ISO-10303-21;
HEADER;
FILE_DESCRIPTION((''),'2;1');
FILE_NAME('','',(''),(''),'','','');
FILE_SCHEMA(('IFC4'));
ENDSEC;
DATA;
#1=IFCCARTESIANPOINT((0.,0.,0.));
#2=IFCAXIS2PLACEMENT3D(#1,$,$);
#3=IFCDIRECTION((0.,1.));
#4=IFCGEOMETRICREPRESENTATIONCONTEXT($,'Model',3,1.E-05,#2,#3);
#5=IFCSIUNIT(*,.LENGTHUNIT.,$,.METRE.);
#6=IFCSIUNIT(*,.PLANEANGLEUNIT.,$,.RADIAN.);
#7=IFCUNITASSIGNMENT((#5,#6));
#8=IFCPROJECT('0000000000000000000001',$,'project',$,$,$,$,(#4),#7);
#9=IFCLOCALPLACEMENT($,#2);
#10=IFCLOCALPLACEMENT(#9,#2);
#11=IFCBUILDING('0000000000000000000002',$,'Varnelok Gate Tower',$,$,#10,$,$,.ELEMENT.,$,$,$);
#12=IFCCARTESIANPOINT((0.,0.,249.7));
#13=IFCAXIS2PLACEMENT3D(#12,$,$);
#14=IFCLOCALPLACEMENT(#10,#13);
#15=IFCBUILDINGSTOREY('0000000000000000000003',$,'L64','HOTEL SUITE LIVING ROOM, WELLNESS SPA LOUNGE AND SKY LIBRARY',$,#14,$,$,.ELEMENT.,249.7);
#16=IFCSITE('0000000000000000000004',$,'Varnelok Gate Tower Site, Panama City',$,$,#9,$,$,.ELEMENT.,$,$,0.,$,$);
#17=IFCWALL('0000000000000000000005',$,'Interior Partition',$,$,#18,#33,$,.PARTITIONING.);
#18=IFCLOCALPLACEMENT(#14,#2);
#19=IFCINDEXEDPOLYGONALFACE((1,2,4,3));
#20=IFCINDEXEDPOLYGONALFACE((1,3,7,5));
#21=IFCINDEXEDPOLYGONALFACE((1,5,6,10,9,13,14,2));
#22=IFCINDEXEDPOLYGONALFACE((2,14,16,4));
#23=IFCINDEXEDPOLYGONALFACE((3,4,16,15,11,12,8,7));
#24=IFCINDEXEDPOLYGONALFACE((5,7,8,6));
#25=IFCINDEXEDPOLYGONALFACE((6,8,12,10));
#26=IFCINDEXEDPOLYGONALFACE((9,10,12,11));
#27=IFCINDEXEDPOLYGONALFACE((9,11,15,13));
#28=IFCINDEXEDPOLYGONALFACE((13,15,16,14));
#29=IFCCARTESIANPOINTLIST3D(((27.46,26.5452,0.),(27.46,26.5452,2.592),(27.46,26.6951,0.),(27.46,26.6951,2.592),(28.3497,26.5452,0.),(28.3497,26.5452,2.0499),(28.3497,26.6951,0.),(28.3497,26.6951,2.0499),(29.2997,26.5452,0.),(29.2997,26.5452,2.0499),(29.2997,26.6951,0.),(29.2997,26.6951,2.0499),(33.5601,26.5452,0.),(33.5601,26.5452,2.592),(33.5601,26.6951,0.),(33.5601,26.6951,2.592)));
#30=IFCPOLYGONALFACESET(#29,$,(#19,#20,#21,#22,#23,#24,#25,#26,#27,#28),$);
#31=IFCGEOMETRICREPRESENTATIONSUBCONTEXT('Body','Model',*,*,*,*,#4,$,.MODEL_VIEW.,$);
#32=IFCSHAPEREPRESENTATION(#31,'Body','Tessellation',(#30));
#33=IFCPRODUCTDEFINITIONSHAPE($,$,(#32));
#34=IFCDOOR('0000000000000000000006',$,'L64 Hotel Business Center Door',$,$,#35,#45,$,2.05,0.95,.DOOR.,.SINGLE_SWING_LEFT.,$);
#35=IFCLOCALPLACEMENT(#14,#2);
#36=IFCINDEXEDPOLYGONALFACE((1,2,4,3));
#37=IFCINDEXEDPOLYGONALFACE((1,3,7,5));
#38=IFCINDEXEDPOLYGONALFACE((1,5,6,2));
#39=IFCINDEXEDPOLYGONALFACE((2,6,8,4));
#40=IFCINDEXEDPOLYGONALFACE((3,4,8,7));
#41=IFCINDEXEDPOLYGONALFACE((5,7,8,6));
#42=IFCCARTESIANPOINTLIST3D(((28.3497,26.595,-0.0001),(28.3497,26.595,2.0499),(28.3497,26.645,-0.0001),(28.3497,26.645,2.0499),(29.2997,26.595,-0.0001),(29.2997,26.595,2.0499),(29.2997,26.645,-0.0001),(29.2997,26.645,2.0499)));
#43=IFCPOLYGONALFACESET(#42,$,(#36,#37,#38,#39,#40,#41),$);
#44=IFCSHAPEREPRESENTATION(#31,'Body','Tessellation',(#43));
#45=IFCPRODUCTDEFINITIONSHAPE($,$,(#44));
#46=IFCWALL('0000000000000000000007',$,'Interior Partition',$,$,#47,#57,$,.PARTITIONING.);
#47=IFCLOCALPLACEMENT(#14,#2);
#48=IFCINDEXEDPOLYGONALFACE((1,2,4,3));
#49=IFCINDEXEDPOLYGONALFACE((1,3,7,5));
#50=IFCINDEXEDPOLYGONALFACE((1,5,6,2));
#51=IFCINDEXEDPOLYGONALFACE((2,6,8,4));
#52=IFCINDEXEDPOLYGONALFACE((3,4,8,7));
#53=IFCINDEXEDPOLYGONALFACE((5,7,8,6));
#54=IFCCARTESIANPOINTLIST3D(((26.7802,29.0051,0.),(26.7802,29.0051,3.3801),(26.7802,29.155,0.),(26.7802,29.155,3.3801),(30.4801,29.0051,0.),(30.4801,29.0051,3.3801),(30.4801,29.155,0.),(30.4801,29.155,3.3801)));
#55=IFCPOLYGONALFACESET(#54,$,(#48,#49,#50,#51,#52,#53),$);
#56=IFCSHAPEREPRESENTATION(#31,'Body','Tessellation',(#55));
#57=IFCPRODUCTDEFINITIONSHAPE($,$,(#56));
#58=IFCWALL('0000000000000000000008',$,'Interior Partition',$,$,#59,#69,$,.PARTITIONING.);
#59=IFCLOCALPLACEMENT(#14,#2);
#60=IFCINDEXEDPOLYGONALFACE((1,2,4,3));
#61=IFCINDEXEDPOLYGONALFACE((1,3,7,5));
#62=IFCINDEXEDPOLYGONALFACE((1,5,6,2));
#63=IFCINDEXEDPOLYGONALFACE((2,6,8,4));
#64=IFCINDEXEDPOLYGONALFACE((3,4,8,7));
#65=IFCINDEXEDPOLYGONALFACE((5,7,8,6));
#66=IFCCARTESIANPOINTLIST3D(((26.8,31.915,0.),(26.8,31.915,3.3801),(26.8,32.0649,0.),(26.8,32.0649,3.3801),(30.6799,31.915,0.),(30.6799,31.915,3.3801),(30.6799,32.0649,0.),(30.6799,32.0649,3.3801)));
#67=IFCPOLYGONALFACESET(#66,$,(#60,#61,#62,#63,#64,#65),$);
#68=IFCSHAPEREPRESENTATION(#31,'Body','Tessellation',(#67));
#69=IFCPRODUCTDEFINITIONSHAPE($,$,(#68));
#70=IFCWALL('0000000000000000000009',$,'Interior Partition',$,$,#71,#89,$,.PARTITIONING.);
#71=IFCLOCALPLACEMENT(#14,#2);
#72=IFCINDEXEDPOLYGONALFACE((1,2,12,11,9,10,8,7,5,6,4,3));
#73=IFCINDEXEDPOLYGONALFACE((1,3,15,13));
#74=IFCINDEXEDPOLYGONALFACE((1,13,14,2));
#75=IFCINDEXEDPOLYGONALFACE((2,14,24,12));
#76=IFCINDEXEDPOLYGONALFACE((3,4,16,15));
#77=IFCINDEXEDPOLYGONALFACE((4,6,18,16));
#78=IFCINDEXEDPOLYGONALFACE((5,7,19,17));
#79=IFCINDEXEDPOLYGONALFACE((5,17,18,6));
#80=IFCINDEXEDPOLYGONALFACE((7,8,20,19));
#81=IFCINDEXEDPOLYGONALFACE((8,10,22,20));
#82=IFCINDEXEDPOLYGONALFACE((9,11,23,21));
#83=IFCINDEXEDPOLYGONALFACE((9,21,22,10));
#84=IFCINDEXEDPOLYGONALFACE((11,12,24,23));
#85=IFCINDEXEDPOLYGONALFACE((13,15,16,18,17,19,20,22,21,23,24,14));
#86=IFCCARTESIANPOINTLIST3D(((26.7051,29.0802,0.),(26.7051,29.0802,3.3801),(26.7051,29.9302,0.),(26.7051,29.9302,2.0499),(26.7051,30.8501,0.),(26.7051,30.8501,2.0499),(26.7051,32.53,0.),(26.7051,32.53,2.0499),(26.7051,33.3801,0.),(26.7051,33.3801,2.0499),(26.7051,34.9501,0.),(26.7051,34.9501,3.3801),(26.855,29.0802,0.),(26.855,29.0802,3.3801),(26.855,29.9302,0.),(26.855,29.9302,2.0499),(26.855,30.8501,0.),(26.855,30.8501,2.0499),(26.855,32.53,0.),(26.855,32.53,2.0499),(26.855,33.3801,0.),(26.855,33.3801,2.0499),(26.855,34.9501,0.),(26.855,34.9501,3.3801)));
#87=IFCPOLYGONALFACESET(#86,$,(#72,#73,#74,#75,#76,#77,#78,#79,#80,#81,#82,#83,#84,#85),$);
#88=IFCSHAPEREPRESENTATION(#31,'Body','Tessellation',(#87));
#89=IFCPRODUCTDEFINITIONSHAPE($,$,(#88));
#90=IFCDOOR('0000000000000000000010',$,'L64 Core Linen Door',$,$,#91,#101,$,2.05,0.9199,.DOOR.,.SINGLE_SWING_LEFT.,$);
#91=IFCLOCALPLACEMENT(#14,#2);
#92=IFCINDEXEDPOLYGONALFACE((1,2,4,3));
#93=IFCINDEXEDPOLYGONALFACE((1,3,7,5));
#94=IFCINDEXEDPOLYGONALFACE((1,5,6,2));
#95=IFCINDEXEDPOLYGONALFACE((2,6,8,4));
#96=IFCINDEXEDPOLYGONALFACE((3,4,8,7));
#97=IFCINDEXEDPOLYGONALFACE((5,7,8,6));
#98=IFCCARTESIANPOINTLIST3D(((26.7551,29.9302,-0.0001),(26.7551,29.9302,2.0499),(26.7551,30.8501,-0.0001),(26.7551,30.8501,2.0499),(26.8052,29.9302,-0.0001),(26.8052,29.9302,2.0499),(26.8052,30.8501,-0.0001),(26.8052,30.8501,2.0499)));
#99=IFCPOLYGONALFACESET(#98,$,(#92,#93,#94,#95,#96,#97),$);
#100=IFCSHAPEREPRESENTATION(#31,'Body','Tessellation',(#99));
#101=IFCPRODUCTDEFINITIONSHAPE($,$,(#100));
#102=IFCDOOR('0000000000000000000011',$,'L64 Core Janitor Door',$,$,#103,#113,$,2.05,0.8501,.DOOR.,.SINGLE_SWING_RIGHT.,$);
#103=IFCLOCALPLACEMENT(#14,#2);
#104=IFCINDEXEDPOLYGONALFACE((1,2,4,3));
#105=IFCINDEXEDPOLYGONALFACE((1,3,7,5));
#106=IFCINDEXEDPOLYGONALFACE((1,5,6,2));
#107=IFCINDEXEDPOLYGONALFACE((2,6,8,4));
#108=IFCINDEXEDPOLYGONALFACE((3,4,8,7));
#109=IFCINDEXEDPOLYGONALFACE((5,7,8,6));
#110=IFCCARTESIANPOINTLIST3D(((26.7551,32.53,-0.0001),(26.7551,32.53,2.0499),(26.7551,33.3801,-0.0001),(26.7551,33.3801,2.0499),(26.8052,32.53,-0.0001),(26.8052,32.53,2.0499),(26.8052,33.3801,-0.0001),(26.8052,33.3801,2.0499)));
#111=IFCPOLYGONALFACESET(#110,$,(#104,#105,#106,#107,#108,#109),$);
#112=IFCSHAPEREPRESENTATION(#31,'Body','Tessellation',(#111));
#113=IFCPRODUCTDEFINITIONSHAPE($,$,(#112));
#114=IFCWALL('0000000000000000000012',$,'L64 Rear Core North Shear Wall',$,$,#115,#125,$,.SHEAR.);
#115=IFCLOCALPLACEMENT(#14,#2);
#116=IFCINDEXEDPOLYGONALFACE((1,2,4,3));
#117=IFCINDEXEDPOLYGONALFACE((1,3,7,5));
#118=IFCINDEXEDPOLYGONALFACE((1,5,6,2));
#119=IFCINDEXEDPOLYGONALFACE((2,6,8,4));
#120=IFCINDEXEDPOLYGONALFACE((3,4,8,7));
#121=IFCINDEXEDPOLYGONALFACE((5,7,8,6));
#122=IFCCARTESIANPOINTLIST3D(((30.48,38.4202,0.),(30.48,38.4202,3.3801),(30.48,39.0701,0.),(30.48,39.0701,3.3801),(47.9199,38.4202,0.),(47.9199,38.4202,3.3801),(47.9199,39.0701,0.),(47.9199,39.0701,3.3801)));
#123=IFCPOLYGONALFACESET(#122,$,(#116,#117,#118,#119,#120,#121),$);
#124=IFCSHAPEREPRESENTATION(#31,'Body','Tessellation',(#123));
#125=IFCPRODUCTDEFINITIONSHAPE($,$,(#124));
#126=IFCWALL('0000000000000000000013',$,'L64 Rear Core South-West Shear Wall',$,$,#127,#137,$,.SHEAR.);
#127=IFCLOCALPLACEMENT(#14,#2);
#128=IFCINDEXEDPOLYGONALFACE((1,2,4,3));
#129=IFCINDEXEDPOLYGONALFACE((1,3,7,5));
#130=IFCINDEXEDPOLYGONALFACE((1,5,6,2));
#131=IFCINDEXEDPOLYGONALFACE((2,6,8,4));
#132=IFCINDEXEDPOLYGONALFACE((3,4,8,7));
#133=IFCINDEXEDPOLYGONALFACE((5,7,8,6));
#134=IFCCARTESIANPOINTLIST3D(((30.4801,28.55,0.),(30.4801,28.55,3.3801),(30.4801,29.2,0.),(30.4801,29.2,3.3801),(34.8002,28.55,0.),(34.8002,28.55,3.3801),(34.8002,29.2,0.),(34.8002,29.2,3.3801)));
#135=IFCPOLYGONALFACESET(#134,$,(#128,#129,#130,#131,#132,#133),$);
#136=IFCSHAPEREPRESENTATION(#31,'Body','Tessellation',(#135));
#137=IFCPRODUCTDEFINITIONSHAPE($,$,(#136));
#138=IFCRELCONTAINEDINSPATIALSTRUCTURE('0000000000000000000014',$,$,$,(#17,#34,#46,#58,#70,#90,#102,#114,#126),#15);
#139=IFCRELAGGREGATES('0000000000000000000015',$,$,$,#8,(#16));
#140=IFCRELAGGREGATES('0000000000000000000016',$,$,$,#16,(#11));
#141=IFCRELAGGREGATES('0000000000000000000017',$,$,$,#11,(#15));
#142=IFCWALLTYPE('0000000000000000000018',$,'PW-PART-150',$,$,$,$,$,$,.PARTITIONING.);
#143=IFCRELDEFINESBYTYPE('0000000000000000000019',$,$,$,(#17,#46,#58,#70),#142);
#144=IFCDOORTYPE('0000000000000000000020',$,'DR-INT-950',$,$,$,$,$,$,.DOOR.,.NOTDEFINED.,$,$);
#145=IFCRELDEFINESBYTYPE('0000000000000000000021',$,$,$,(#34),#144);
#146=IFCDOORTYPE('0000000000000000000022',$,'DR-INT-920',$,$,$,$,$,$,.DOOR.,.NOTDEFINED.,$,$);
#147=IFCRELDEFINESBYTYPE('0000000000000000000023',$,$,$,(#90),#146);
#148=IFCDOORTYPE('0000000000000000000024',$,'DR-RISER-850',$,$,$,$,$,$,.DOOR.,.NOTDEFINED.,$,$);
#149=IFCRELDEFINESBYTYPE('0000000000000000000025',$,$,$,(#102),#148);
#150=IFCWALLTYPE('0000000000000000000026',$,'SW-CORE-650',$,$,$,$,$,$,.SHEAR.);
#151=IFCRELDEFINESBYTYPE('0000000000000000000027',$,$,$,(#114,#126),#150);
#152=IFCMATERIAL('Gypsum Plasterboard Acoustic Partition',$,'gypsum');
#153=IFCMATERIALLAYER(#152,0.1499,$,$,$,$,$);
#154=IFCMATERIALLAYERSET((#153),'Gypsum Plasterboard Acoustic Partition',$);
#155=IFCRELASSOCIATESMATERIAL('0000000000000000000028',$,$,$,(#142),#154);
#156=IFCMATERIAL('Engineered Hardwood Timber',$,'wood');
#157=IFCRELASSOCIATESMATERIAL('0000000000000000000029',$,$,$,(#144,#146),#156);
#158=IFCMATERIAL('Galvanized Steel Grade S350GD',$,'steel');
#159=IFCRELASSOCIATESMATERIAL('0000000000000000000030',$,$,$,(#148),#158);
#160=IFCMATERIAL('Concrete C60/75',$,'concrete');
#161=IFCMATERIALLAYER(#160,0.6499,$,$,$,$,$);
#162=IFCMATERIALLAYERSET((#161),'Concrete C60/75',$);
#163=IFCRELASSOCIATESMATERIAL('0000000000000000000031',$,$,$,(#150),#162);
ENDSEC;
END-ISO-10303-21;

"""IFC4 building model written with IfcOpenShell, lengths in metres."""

from ifc_helpers import new_model, si_unit, direction, frame, frame_2d, origin, place, context, subcontext, project, spatial, rectangle, extrude, material, layer, layer_set, type_object, element, fill, save


model = new_model("IFC4")

# Units and contexts
model_context = context("Model", 3, precision=1e-05, world=origin(), true_north=direction((0.0, 1.0)))
body_context = subcontext(model_context, "Body", "Model", "MODEL_VIEW")
ifc_project = project(units=[si_unit("LENGTHUNIT", "METRE"), si_unit("PLANEANGLEUNIT", "RADIAN")], contexts=[model_context])

# Site, building, storey
site_placement = place(None, origin())
site = spatial("IfcSite", under=ifc_project, at=site_placement, Name="Varnelok Gate Tower Site, Panama City", CompositionType="ELEMENT", RefElevation=0.0)
building_placement = place(site_placement, origin())
building = spatial("IfcBuilding", under=site, at=building_placement, Name="Varnelok Gate Tower", CompositionType="ELEMENT")
storey_placement = place(building_placement, frame((0.0, 0.0, 249.7)))
storey = spatial("IfcBuildingStorey", under=building, at=storey_placement, Name="L64", Description="HOTEL SUITE LIVING ROOM, WELLNESS SPA LOUNGE AND SKY LIBRARY", CompositionType="ELEMENT", Elevation=249.7)

# Shared definitions
ifc_material_1 = material(Name="Gypsum Plasterboard Acoustic Partition", Category="gypsum")

# Wall, opening, door
ifc_material_2 = material(Name="Engineered Hardwood Timber", Category="wood")
ifc_layer_1 = layer(ifc_material_1, 0.1499)
ifc_layer_set_1 = layer_set([ifc_layer_1], Name="Gypsum Plasterboard Acoustic Partition")
wall_type_1 = type_object("IfcWallType", Name="PW-PART-150", PredefinedType="PARTITIONING", material=ifc_layer_set_1)
wall_1_placement = place(storey_placement, frame((27.46, 26.6201, 0.0), z_axis=(0.0, 0.0, 1.0), x_axis=(1.0, 0.0, 0.0)))
wall_1 = element("IfcWall", 1, at=wall_1_placement, inside=storey, type_object=wall_type_1, Name="Interior Partition", PredefinedType="PARTITIONING", context=body_context, shape_type="SweptSolid", body=[
    extrude(rectangle(XDim=6.1001, YDim=0.1499, at=frame_2d((3.05, 0.0))), origin(), (0.0, 0.0, 1.0), 2.592),
])
opening_1_placement = place(wall_1_placement, frame((0.8896, 0.0, 0.0)))
opening_1 = element("IfcOpeningElement", 2, at=opening_1_placement, cuts=wall_1, PredefinedType="OPENING", context=body_context, shape_type="SweptSolid", body=[
    extrude(rectangle(XDim=0.95, YDim=2.05, at=frame_2d((0.4751, 1.0249))), frame((0.0, 0.085, 0.0), z_axis=(0.0, -1.0, 0.0), x_axis=(1.0, 0.0, 0.0)), (0.0, 0.0, 1.0), 0.1699),
])
door_type_1 = type_object("IfcDoorType", Name="DR-INT-950", OperationType="NOTDEFINED", PredefinedType="DOOR", material=ifc_material_2)
door_1_placement = place(opening_1_placement, origin())
door_1 = element("IfcDoor", 3, at=door_1_placement, inside=storey, type_object=door_type_1, Name="L64 Hotel Business Center Door", OperationType="SINGLE_SWING_LEFT", OverallHeight=2.05, OverallWidth=0.95, PredefinedType="DOOR", context=body_context, shape_type="SweptSolid", body=[
    extrude(rectangle(XDim=0.95, YDim=2.05, at=frame_2d((0.4751, 1.0249))), frame((0.0, 0.0249, 0.0), z_axis=(0.0, -1.0, 0.0), x_axis=(1.0, 0.0, 0.0)), (0.0, 0.0, 1.0), 0.05),
])
fill(opening_1, door_1)

# Walls
wall_2_placement = place(storey_placement, frame((26.78, 29.0801, 0.0), z_axis=(0.0, 0.0, 1.0), x_axis=(1.0, 0.0, 0.0)))
element("IfcWall", 4, at=wall_2_placement, inside=storey, type_object=wall_type_1, Name="Interior Partition", PredefinedType="PARTITIONING", context=body_context, shape_type="SweptSolid", body=[
    extrude(rectangle(XDim=3.7, YDim=0.1499, at=frame_2d((1.8501, 0.0))), origin(), (0.0, 0.0, 1.0), 3.3801),
])
wall_3_placement = place(storey_placement, frame((26.8, 31.99, 0.0), z_axis=(0.0, 0.0, 1.0), x_axis=(1.0, 0.0, 0.0)))
element("IfcWall", 5, at=wall_3_placement, inside=storey, type_object=wall_type_1, Name="Interior Partition", PredefinedType="PARTITIONING", context=body_context, shape_type="SweptSolid", body=[
    extrude(rectangle(XDim=3.8799, YDim=0.1499, at=frame_2d((1.9399, 0.0))), origin(), (0.0, 0.0, 1.0), 3.3801),
])

# Wall, openings, doors
wall_4_placement = place(storey_placement, frame((26.78, 29.0801, 0.0), z_axis=(0.0, 0.0, 1.0), x_axis=(0.0, 1.0, 0.0)))
wall_4 = element("IfcWall", 6, at=wall_4_placement, inside=storey, type_object=wall_type_1, Name="Interior Partition", PredefinedType="PARTITIONING", context=body_context, shape_type="SweptSolid", body=[
    extrude(rectangle(XDim=5.8699, YDim=0.1499, at=frame_2d((2.9351, 0.0))), origin(), (0.0, 0.0, 1.0), 3.3801),
])
opening_2_placement = place(wall_4_placement, frame((0.8501, 0.0, 0.0)))
opening_2 = element("IfcOpeningElement", 7, at=opening_2_placement, cuts=wall_4, PredefinedType="OPENING", context=body_context, shape_type="SweptSolid", body=[
    extrude(rectangle(XDim=0.9199, YDim=2.05, at=frame_2d((0.46, 1.0249))), frame((0.0, 0.085, 0.0), z_axis=(0.0, -1.0, 0.0), x_axis=(1.0, 0.0, 0.0)), (0.0, 0.0, 1.0), 0.1699),
])
opening_3_placement = place(wall_4_placement, frame((3.45, 0.0, 0.0)))
opening_3 = element("IfcOpeningElement", 8, at=opening_3_placement, cuts=wall_4, PredefinedType="OPENING", context=body_context, shape_type="SweptSolid", body=[
    extrude(rectangle(XDim=0.8501, YDim=2.05, at=frame_2d((0.425, 1.0249))), frame((0.0, 0.085, 0.0), z_axis=(0.0, -1.0, 0.0), x_axis=(1.0, 0.0, 0.0)), (0.0, 0.0, 1.0), 0.1699),
])
door_type_2 = type_object("IfcDoorType", Name="DR-INT-920", OperationType="NOTDEFINED", PredefinedType="DOOR", material=ifc_material_2)
door_2_placement = place(opening_2_placement, origin())
door_2 = element("IfcDoor", 9, at=door_2_placement, inside=storey, type_object=door_type_2, Name="L64 Core Linen Door", OperationType="SINGLE_SWING_LEFT", OverallHeight=2.05, OverallWidth=0.9199, PredefinedType="DOOR", context=body_context, shape_type="SweptSolid", body=[
    extrude(rectangle(XDim=0.9199, YDim=2.05, at=frame_2d((0.46, 1.0249))), frame((0.0, 0.0249, 0.0), z_axis=(0.0, -1.0, 0.0), x_axis=(1.0, 0.0, 0.0)), (0.0, 0.0, 1.0), 0.05),
])
fill(opening_2, door_2)
ifc_material_3 = material(Name="Galvanized Steel Grade S350GD", Category="steel")
door_type_3 = type_object("IfcDoorType", Name="DR-RISER-850", OperationType="NOTDEFINED", PredefinedType="DOOR", material=ifc_material_3)
door_3_placement = place(opening_3_placement, origin())
door_3 = element("IfcDoor", 10, at=door_3_placement, inside=storey, type_object=door_type_3, Name="L64 Core Janitor Door", OperationType="SINGLE_SWING_RIGHT", OverallHeight=2.05, OverallWidth=0.8501, PredefinedType="DOOR", context=body_context, shape_type="SweptSolid", body=[
    extrude(rectangle(XDim=0.8501, YDim=2.05, at=frame_2d((0.425, 1.0249))), frame((0.0, 0.0249, 0.0), z_axis=(0.0, -1.0, 0.0), x_axis=(1.0, 0.0, 0.0)), (0.0, 0.0, 1.0), 0.05),
])
fill(opening_3, door_3)

# Walls
ifc_material_4 = material(Name="Concrete C60/75", Category="concrete")
ifc_layer_2 = layer(ifc_material_4, 0.6499)
ifc_layer_set_2 = layer_set([ifc_layer_2], Name="Concrete C60/75")
wall_type_2 = type_object("IfcWallType", Name="SW-CORE-650", PredefinedType="SHEAR", material=ifc_layer_set_2)
wall_5_placement = place(storey_placement, frame((30.48, 38.7451, 0.0), z_axis=(0.0, 0.0, 1.0), x_axis=(1.0, 0.0, 0.0)))
element("IfcWall", 11, at=wall_5_placement, inside=storey, type_object=wall_type_2, Name="L64 Rear Core North Shear Wall", PredefinedType="SHEAR", context=body_context, shape_type="SweptSolid", body=[
    extrude(rectangle(XDim=17.4399, YDim=0.6499, at=frame_2d((8.72, 0.0))), origin(), (0.0, 0.0, 1.0), 3.3801),
])
wall_6_placement = place(storey_placement, frame((30.48, 28.875, 0.0), z_axis=(0.0, 0.0, 1.0), x_axis=(1.0, 0.0, 0.0)))
element("IfcWall", 12, at=wall_6_placement, inside=storey, type_object=wall_type_2, Name="L64 Rear Core South-West Shear Wall", PredefinedType="SHEAR", context=body_context, shape_type="SweptSolid", body=[
    extrude(rectangle(XDim=4.3201, YDim=0.6499, at=frame_2d((2.1602, 0.0))), origin(), (0.0, 0.0, 1.0), 3.3801),
])

save(model, "model.ifc")
